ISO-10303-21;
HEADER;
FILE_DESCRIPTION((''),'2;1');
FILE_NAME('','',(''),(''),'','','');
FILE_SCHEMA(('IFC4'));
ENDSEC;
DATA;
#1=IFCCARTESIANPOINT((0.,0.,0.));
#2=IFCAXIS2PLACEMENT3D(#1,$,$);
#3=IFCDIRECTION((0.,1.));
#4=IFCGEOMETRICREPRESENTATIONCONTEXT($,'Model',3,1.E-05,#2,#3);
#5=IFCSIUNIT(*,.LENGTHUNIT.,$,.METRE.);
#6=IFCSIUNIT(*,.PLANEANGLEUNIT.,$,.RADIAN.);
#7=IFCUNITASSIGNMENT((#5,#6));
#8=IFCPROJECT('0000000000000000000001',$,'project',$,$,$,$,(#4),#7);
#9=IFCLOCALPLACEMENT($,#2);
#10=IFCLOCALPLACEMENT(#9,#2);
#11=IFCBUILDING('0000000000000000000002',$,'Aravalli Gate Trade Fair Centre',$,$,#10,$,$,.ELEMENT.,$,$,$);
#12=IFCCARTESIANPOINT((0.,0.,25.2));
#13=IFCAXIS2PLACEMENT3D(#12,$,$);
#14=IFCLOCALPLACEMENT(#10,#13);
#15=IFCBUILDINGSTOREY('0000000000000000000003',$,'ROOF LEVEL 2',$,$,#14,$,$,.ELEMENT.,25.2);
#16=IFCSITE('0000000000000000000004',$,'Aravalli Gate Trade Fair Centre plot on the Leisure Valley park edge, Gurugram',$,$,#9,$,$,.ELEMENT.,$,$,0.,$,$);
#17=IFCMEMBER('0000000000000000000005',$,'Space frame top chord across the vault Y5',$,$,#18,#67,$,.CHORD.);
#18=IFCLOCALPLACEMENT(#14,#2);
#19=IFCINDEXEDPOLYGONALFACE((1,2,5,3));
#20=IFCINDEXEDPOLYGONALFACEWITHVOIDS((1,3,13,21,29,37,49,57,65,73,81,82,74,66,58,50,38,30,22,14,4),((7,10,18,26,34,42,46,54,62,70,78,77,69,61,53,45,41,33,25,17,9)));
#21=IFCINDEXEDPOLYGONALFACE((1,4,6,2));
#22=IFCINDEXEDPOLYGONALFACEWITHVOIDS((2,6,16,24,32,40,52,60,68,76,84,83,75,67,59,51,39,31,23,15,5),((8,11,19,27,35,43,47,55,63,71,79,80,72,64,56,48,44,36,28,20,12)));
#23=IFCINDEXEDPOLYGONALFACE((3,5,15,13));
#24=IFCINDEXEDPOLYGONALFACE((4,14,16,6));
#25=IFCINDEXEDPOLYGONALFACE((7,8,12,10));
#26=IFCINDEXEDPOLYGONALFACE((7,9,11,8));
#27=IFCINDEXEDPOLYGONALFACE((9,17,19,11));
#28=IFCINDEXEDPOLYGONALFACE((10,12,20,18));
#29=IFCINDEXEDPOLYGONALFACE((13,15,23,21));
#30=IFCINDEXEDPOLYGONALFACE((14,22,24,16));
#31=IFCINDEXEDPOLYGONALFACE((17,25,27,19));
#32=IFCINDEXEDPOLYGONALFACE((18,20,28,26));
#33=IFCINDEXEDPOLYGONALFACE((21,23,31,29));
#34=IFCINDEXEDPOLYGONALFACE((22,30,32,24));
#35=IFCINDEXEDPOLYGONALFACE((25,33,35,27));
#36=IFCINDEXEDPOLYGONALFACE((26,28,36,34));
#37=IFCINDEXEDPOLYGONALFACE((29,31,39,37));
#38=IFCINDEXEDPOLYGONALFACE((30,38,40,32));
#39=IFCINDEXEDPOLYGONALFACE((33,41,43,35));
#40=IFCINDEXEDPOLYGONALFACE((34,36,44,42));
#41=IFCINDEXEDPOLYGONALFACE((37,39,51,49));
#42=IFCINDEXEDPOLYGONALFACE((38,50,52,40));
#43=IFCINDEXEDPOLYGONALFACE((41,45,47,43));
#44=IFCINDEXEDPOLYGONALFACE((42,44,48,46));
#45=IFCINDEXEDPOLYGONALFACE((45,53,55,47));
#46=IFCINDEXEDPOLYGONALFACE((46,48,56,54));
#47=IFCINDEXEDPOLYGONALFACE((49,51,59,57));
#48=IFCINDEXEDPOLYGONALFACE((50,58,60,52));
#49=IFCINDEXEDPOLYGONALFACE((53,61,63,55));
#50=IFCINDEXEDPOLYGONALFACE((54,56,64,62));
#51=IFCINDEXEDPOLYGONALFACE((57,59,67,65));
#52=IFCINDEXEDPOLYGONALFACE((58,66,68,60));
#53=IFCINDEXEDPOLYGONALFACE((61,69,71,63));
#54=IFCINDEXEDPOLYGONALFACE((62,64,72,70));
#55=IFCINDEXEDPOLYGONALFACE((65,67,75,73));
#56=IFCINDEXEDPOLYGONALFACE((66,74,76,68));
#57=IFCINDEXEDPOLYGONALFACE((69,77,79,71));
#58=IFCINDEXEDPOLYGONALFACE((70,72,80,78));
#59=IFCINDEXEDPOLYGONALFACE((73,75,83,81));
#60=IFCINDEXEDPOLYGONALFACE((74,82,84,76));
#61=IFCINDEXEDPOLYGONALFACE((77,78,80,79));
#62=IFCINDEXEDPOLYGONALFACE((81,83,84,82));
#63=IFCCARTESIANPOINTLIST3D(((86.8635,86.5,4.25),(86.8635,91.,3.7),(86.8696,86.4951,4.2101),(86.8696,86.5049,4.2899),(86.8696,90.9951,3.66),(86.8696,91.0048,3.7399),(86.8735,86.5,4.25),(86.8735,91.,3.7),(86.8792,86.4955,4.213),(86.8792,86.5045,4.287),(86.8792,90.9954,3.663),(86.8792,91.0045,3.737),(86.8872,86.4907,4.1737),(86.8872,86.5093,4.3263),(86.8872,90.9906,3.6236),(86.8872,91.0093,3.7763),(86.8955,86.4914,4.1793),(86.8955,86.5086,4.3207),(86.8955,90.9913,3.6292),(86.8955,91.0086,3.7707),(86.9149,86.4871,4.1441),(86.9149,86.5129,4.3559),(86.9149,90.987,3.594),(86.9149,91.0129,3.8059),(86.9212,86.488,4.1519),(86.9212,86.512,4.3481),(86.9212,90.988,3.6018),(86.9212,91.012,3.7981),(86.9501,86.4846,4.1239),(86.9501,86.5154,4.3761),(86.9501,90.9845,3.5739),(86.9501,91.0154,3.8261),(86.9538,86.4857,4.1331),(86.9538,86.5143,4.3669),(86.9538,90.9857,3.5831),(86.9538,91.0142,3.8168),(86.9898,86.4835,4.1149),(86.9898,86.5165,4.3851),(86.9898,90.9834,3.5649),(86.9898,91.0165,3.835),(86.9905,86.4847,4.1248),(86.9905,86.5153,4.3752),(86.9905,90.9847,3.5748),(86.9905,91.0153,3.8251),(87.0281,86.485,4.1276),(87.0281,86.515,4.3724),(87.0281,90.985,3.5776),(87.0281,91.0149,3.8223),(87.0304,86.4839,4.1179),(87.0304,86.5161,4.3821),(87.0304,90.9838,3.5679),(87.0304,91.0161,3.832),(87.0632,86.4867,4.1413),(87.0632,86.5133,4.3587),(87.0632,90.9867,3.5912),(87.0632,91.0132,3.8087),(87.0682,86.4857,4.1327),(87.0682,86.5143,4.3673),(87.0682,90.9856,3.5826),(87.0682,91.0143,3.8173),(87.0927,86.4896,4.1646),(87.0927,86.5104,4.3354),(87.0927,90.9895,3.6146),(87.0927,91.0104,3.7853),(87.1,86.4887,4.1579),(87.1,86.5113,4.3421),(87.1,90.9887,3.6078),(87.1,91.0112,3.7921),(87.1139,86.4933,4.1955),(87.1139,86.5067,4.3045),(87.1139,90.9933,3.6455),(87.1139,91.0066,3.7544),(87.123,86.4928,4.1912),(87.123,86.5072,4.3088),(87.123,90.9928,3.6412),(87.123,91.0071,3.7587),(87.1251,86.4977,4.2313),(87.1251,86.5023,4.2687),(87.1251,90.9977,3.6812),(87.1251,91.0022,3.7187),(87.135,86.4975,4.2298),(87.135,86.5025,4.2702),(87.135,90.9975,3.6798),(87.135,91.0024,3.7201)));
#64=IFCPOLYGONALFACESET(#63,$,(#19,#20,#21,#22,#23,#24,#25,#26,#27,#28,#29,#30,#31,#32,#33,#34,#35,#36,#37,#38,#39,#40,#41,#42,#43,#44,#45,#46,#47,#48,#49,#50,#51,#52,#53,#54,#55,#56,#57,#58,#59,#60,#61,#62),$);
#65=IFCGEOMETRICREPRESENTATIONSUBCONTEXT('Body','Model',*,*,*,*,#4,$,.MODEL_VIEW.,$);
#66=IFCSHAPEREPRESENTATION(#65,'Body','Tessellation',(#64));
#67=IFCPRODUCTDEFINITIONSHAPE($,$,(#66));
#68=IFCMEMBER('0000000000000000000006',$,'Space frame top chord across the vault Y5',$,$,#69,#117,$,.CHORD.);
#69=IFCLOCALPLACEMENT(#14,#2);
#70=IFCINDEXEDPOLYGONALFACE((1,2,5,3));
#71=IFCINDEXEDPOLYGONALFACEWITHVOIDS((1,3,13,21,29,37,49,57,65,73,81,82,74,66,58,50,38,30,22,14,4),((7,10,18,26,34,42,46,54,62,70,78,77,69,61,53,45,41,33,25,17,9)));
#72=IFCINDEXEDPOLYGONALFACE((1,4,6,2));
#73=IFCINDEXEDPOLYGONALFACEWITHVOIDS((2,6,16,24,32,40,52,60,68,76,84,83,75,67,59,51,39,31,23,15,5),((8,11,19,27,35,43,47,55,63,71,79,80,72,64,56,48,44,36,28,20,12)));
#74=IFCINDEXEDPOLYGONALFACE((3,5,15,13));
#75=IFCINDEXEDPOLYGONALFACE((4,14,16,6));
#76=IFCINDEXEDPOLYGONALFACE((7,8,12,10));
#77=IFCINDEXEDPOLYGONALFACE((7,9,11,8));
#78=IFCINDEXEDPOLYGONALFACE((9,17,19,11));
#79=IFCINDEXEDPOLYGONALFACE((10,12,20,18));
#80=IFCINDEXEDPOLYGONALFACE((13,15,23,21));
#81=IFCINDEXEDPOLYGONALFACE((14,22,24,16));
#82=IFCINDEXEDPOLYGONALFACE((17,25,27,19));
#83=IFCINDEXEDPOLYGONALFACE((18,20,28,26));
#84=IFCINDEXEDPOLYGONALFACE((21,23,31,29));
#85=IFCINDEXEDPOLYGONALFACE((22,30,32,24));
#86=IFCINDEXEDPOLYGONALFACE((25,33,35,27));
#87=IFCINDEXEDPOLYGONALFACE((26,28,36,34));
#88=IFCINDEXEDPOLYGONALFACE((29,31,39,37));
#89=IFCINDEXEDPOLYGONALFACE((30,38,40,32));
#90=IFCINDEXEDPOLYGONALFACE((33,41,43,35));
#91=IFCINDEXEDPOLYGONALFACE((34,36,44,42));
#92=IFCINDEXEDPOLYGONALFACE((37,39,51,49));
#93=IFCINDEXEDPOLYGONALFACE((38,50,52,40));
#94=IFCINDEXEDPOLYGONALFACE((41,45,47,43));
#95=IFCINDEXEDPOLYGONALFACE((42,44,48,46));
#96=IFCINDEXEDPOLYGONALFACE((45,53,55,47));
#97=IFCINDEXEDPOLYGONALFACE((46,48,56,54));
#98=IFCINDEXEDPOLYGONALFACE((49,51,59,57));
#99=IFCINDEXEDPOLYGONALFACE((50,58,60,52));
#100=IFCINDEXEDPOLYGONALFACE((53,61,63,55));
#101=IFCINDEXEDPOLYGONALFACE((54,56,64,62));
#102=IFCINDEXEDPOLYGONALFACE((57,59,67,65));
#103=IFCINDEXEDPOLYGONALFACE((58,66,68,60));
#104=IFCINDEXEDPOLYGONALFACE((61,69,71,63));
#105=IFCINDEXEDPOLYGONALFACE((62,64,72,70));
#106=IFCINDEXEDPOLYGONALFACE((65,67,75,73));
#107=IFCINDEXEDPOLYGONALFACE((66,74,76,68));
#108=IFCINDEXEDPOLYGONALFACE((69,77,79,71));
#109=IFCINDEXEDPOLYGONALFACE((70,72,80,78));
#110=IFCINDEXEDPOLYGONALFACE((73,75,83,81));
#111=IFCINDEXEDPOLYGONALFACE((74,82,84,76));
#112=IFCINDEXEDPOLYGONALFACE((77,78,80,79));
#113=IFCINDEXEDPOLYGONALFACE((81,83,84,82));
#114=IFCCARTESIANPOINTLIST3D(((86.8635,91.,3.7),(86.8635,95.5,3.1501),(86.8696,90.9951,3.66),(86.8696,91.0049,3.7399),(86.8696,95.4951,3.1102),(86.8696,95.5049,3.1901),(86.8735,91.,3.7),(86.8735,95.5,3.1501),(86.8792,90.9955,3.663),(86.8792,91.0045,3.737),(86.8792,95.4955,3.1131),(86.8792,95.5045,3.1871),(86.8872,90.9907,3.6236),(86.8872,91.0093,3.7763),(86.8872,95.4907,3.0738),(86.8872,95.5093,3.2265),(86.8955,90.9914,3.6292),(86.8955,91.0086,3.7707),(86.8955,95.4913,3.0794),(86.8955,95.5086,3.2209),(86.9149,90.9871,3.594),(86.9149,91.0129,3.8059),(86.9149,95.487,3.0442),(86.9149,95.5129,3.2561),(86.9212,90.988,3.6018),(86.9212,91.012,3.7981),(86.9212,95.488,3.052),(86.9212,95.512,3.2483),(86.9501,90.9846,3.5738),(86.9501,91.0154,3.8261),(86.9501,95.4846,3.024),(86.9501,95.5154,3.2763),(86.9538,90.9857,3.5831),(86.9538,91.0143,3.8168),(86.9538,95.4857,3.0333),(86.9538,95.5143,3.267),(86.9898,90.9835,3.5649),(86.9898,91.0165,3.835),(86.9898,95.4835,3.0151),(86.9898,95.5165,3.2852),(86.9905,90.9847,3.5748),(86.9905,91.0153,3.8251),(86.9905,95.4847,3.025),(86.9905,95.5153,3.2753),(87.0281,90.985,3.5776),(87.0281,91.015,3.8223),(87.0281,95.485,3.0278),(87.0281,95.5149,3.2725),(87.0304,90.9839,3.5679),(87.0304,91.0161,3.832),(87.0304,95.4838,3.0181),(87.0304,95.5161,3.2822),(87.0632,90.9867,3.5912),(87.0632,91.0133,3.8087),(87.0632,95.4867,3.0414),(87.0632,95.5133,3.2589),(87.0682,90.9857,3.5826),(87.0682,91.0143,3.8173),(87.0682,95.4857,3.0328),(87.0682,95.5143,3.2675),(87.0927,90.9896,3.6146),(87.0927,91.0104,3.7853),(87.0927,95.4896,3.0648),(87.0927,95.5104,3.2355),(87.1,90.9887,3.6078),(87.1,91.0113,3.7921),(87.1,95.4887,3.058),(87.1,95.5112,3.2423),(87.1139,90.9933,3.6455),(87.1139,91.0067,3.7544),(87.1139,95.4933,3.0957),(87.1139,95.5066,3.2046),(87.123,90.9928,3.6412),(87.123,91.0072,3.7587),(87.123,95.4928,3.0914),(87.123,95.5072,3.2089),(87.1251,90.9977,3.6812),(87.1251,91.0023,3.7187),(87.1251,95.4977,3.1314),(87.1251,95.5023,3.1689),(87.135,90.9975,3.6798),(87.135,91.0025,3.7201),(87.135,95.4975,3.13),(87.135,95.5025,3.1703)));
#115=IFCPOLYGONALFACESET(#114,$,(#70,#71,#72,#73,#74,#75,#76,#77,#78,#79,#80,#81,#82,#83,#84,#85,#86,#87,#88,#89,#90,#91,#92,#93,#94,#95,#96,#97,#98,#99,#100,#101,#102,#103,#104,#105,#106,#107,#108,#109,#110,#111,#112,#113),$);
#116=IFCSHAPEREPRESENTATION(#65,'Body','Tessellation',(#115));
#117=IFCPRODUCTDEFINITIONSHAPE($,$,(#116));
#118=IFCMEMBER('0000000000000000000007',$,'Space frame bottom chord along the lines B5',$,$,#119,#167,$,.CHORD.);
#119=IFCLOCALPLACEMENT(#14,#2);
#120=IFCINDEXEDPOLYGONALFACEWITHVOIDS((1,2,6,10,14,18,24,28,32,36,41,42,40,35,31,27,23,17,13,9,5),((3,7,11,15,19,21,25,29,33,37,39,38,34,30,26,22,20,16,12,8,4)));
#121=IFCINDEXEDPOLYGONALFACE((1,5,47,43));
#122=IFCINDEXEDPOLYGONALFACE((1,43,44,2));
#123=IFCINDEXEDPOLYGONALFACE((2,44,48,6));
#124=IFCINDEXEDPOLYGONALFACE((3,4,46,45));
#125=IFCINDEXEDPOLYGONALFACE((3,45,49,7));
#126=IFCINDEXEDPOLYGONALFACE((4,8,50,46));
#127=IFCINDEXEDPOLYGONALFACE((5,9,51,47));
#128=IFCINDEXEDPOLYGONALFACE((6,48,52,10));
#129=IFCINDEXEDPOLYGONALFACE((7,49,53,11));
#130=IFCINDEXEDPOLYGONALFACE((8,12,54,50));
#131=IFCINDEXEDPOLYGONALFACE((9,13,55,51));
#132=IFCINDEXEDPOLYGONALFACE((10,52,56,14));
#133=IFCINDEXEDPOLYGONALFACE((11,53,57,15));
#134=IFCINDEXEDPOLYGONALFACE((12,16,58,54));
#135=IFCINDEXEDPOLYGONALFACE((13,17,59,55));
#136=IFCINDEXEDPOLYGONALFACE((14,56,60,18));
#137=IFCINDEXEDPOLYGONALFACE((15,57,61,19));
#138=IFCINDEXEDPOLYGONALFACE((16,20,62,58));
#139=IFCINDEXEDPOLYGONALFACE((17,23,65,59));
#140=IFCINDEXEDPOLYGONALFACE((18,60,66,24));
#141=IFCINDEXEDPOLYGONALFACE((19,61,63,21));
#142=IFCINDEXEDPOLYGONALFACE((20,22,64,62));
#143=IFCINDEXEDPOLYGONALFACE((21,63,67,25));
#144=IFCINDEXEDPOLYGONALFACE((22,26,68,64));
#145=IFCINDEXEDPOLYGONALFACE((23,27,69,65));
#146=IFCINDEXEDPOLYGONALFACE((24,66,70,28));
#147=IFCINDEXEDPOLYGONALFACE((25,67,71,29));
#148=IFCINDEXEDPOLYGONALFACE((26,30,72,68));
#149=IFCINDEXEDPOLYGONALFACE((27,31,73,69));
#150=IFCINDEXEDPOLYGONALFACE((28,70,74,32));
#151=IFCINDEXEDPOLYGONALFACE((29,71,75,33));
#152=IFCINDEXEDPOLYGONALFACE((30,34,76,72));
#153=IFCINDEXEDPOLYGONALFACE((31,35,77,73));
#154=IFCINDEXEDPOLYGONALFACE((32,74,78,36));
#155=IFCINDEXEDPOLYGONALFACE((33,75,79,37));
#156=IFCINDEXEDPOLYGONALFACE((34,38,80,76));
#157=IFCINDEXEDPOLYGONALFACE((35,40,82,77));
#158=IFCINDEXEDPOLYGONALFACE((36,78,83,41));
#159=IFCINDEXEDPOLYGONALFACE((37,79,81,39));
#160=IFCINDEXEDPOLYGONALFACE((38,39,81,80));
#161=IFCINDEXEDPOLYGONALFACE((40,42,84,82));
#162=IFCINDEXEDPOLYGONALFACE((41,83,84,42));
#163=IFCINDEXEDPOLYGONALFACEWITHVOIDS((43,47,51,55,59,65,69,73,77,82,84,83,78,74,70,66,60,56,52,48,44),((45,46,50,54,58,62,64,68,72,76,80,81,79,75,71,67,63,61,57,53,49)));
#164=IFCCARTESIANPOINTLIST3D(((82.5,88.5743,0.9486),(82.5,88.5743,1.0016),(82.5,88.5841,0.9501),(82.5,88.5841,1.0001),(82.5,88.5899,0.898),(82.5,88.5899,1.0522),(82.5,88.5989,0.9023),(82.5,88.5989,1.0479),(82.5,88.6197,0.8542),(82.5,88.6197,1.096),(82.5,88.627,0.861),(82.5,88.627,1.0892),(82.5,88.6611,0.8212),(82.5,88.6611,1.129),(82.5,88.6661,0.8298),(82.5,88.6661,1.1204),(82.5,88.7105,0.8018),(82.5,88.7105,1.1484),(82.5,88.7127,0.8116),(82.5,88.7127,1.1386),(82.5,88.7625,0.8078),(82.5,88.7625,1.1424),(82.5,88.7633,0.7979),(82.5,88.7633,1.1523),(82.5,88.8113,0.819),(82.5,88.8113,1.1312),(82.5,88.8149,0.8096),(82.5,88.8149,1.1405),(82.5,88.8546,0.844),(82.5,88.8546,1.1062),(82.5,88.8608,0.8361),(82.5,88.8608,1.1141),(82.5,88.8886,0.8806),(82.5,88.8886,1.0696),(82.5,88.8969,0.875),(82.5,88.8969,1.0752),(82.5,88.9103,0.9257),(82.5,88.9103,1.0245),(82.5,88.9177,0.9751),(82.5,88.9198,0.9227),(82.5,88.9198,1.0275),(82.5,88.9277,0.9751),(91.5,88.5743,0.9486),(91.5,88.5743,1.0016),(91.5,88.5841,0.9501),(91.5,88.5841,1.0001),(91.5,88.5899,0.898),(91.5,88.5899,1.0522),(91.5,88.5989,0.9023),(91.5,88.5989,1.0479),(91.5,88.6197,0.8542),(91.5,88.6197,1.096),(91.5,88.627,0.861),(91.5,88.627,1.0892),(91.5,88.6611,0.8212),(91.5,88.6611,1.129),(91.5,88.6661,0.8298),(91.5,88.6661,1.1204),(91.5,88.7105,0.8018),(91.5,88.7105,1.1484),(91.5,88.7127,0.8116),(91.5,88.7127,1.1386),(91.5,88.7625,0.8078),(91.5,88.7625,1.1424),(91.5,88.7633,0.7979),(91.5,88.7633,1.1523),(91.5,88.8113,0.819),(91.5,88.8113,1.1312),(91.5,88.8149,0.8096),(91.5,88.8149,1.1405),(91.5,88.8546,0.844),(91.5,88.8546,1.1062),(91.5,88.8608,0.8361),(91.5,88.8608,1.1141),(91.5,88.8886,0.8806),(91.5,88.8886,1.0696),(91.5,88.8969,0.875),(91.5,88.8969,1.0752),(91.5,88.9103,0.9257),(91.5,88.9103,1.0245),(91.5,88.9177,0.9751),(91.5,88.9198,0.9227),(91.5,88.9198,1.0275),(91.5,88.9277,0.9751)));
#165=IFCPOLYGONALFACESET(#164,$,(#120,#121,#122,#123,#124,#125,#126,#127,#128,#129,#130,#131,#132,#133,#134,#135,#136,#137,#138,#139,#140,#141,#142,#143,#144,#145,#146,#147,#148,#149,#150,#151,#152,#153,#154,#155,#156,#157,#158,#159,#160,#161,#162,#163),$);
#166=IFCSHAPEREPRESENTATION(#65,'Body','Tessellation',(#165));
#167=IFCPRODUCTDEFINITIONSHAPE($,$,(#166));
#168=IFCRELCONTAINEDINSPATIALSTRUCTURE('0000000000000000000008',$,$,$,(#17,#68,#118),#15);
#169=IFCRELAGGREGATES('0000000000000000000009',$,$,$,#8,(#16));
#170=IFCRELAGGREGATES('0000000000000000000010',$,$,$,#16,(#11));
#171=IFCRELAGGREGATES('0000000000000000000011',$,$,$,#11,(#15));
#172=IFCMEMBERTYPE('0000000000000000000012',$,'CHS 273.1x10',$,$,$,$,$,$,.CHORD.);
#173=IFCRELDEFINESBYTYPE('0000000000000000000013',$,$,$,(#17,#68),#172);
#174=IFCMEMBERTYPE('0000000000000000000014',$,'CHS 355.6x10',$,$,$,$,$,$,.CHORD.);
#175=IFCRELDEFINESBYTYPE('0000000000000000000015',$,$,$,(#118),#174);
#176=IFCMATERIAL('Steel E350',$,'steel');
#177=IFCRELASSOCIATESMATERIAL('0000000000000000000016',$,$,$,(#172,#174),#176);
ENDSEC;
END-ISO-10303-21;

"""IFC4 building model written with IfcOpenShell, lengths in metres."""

from ifc_helpers import new_model, si_unit, direction, frame, origin, origin_2d, place, context, subcontext, project, spatial, hollow_circle, extrude, material, material_profile, profile_set, type_object, element, save


model = new_model("IFC4")

# Units and contexts
model_context = context("Model", 3, precision=1e-05, world=origin(), true_north=direction((0.0, 1.0)))
body_context = subcontext(model_context, "Body", "Model", "MODEL_VIEW")
ifc_project = project(units=[si_unit("LENGTHUNIT", "METRE"), si_unit("PLANEANGLEUNIT", "RADIAN")], contexts=[model_context])

# Site, building, storey
site_placement = place(None, origin())
site = spatial("IfcSite", under=ifc_project, at=site_placement, Name="Aravalli Gate Trade Fair Centre plot on the Leisure Valley park edge, Gurugram", CompositionType="ELEMENT", RefElevation=0.0)
building_placement = place(site_placement, origin())
building = spatial("IfcBuilding", under=site, at=building_placement, Name="Aravalli Gate Trade Fair Centre", CompositionType="ELEMENT")
storey_placement = place(building_placement, frame((0.0, 0.0, 25.2)))
storey = spatial("IfcBuildingStorey", under=building, at=storey_placement, Name="ROOF LEVEL 2", CompositionType="ELEMENT", Elevation=25.2)

# Members
ifc_material_1 = material(Name="Steel E350", Category="steel")
ifc_material_profile_1 = material_profile(ifc_material_1, hollow_circle(Radius=0.1365, WallThickness=0.01, at=origin_2d()), Name="CHS 273.1x10")
ifc_profile_set_1 = profile_set([ifc_material_profile_1], Name="Steel E350")
member_type_1 = type_object("IfcMemberType", Name="CHS 273.1x10", PredefinedType="CHORD", material=ifc_profile_set_1)
for number, where, z_axis, x_axis, name in (
    (1, (87.0, 86.5, 4.25), (0.0, 0.992612, -0.12133), (-1.0, 0.0, 0.0), "Space frame top chord across the vault Y5"),
    (2, (87.0, 91.0, 3.7), (0.0, 0.992619, -0.121277), (-1.0, 0.0, 0.0), "Space frame top chord across the vault Y5"),
):
    element("IfcMember", number, at=place(storey_placement, frame(where, z_axis=z_axis, x_axis=x_axis)), inside=storey, type_object=member_type_1, Name=name, PredefinedType="CHORD", context=body_context, shape_type="SweptSolid", body=[
        extrude(hollow_circle(Radius=0.1365, WallThickness=0.01, at=origin_2d()), origin(), (0.0, 0.0, 1.0), 4.5334),
    ])
ifc_material_profile_2 = material_profile(ifc_material_1, hollow_circle(Radius=0.1777, WallThickness=0.01, at=origin_2d()), Name="CHS 355.6x10")
ifc_profile_set_2 = profile_set([ifc_material_profile_2], Name="Steel E350")
member_type_2 = type_object("IfcMemberType", Name="CHS 355.6x10", PredefinedType="CHORD", material=ifc_profile_set_2)
for number, where, z_axis, x_axis, name in (
    (3, (82.5, 88.75, 0.9751), (1.0, 0.0, 0.0), (0.0, 1.0, 0.0), "Space frame bottom chord along the lines B5"),
):
    element("IfcMember", number, at=place(storey_placement, frame(where, z_axis=z_axis, x_axis=x_axis)), inside=storey, type_object=member_type_2, Name=name, PredefinedType="CHORD", context=body_context, shape_type="SweptSolid", body=[
        extrude(hollow_circle(Radius=0.1777, WallThickness=0.01, at=origin_2d()), origin(), (0.0, 0.0, 1.0), 9.0),
    ])

save(model, "model.ifc")
